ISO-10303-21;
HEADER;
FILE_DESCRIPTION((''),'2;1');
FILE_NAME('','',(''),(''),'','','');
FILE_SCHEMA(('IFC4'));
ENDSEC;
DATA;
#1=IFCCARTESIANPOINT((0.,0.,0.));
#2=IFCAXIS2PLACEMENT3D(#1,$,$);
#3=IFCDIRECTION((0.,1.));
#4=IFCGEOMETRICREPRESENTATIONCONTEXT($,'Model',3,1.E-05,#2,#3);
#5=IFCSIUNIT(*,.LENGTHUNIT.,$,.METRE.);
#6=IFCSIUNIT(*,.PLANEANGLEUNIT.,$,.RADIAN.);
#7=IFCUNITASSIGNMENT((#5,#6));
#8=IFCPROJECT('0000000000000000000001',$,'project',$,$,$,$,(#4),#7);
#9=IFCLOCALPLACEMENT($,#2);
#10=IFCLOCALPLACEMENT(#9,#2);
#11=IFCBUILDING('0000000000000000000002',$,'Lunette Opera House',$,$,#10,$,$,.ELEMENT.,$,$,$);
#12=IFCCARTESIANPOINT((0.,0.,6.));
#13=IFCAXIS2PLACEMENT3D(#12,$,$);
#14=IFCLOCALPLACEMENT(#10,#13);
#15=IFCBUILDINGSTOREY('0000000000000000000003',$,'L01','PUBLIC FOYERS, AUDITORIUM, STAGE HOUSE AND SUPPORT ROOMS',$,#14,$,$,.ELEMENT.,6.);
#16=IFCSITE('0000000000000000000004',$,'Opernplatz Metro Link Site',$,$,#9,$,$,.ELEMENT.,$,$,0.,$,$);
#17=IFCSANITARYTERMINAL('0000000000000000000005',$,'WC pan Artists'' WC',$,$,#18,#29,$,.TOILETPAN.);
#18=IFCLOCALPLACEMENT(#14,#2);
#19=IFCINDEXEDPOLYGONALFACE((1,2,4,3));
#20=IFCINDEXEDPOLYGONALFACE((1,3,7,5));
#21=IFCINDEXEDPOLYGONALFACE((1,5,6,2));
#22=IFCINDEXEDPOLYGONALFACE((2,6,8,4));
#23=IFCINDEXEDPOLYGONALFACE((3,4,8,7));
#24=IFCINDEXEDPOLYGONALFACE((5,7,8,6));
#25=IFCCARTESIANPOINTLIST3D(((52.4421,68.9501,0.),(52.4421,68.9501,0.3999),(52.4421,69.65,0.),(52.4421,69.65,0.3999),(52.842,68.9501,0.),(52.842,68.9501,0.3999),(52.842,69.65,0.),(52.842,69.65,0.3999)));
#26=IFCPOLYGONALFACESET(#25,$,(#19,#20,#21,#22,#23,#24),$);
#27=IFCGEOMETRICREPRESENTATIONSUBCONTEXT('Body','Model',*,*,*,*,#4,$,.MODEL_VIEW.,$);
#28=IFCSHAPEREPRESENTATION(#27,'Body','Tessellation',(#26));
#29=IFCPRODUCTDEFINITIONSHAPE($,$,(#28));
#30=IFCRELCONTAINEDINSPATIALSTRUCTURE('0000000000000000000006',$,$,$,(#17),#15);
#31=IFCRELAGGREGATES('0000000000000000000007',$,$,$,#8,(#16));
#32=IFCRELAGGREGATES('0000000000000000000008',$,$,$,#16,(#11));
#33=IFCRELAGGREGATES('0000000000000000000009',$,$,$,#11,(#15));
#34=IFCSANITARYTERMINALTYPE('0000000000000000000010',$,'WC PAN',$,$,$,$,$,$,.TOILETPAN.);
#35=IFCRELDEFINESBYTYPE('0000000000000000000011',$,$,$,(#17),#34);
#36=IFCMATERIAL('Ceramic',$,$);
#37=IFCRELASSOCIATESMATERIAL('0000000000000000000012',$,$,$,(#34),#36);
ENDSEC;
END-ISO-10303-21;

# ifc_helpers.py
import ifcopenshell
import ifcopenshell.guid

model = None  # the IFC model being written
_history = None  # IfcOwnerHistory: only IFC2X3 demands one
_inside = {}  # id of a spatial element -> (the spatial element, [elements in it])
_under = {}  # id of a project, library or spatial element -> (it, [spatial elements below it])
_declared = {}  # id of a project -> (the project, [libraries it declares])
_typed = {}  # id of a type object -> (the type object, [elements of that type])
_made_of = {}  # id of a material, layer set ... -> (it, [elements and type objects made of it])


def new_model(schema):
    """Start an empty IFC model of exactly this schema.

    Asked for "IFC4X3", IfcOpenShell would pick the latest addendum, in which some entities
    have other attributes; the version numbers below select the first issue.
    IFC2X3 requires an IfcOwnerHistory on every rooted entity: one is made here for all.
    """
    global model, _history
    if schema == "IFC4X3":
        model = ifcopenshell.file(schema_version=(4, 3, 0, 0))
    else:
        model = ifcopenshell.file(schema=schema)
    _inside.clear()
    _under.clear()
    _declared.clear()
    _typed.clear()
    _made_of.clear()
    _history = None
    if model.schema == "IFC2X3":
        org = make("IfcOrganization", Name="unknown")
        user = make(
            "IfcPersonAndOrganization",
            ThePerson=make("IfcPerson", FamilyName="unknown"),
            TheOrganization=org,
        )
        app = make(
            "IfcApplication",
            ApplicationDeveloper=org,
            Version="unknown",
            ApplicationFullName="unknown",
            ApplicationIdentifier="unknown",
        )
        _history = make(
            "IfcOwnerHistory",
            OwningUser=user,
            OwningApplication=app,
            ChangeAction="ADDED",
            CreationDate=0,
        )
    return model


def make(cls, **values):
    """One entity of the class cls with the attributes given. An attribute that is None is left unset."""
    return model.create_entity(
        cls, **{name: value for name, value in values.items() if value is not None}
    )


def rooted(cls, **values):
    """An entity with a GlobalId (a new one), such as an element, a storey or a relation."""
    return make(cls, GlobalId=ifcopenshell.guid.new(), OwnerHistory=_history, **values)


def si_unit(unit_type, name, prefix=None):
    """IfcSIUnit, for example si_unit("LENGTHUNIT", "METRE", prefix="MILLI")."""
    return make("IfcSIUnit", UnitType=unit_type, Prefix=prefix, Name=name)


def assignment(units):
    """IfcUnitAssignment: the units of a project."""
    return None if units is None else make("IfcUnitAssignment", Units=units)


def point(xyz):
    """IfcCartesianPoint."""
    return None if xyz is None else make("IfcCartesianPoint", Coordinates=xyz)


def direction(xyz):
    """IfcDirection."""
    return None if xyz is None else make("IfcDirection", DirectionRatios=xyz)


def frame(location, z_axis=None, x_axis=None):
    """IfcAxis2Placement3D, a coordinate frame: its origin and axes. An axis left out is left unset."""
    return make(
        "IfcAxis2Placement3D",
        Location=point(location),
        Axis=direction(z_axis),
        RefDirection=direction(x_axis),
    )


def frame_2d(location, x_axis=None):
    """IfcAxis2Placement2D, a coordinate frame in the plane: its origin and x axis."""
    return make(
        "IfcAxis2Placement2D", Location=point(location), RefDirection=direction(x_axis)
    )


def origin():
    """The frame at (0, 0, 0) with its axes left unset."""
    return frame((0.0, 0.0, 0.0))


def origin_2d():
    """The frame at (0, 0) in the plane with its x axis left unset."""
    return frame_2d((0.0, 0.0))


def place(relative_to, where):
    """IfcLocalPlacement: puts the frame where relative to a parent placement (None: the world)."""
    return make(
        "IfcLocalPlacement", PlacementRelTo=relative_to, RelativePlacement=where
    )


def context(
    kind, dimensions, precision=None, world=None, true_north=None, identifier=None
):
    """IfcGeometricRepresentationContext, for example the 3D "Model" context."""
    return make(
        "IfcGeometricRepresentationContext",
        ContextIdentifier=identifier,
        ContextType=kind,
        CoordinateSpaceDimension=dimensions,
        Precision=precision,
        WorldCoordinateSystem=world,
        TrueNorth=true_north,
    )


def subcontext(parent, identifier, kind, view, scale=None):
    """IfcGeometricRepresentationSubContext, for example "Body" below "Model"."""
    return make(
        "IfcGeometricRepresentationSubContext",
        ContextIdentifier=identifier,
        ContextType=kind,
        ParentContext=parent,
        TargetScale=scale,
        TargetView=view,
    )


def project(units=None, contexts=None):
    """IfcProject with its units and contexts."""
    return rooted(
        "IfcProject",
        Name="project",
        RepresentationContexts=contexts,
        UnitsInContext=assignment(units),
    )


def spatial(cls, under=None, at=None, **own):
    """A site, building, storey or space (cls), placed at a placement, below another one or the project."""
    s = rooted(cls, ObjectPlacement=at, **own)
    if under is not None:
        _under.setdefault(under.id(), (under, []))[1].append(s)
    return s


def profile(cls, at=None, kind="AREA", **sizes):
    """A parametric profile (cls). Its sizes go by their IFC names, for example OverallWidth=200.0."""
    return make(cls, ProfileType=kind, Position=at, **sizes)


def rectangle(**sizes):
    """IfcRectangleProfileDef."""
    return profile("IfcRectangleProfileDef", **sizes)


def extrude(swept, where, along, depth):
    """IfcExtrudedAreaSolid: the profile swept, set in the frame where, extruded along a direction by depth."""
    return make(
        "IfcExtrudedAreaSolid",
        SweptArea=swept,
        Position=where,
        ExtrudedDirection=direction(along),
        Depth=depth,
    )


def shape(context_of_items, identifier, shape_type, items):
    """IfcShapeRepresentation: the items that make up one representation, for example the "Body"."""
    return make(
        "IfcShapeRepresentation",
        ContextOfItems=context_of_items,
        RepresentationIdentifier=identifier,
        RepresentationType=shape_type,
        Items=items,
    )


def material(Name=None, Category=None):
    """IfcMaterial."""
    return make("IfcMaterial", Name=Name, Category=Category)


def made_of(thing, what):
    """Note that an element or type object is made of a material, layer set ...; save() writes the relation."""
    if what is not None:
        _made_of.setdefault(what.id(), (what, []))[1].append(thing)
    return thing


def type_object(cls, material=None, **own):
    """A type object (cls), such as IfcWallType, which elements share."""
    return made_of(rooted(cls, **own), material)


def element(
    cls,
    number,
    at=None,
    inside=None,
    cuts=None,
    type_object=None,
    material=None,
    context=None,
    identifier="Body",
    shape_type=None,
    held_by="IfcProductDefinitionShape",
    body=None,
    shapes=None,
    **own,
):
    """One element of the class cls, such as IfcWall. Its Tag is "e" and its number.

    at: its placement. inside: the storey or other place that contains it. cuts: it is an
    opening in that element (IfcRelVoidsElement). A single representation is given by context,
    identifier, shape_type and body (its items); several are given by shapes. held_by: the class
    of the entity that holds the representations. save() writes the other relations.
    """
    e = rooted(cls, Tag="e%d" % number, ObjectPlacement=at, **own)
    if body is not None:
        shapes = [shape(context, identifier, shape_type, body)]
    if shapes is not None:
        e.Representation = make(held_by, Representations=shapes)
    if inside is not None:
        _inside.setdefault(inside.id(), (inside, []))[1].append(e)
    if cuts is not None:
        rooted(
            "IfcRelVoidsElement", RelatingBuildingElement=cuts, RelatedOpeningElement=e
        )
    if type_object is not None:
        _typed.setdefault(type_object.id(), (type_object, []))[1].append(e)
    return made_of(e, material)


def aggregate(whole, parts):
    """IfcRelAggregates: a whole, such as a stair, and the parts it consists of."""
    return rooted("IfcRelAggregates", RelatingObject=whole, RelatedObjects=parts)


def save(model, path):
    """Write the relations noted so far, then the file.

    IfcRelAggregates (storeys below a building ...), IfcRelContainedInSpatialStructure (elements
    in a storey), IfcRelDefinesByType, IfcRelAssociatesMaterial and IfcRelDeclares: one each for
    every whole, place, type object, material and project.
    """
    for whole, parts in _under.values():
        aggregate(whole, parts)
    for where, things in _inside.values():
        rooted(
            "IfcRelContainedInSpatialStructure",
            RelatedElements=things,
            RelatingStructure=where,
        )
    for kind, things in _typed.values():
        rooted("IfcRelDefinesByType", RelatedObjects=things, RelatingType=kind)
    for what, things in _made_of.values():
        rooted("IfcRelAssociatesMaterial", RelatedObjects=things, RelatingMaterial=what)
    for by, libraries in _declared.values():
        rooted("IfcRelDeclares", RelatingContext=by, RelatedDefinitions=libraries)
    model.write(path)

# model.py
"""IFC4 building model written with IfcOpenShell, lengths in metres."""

from ifc_helpers import new_model, si_unit, direction, frame, origin, origin_2d, place, context, subcontext, project, spatial, rectangle, extrude, material, type_object, element, save


model = new_model("IFC4")

# Units and contexts
model_context = context("Model", 3, precision=1e-05, world=origin(), true_north=direction((0.0, 1.0)))
body_context = subcontext(model_context, "Body", "Model", "MODEL_VIEW")
ifc_project = project(units=[si_unit("LENGTHUNIT", "METRE"), si_unit("PLANEANGLEUNIT", "RADIAN")], contexts=[model_context])

# Site, building, storey
site_placement = place(None, origin())
site = spatial("IfcSite", under=ifc_project, at=site_placement, Name="Opernplatz Metro Link Site", CompositionType="ELEMENT", RefElevation=0.0)
building_placement = place(site_placement, origin())
building = spatial("IfcBuilding", under=site, at=building_placement, Name="Lunette Opera House", CompositionType="ELEMENT")
storey_placement = place(building_placement, frame((0.0, 0.0, 6.0)))
storey = spatial("IfcBuildingStorey", under=building, at=storey_placement, Name="L01", Description="PUBLIC FOYERS, AUDITORIUM, STAGE HOUSE AND SUPPORT ROOMS", CompositionType="ELEMENT", Elevation=6.0)

# Sanitary terminal
ifc_material_1 = material(Name="Ceramic")
sanitary_terminal_type_1 = type_object("IfcSanitaryTerminalType", Name="WC PAN", PredefinedType="TOILETPAN", material=ifc_material_1)
for number, where, z_axis, x_axis, name in (
    (1, (52.6421, 69.3, 0.0), (0.0, 0.0, 1.0), (1.0, 0.0, 0.0), "WC pan Artists' WC"),
):
    element("IfcSanitaryTerminal", number, at=place(storey_placement, frame(where, z_axis=z_axis, x_axis=x_axis)), inside=storey, type_object=sanitary_terminal_type_1, Name=name, PredefinedType="TOILETPAN", context=body_context, shape_type="SweptSolid", body=[
        extrude(rectangle(XDim=0.3999, YDim=0.7, at=origin_2d()), origin(), (0.0, 0.0, 1.0), 0.3999),
    ])

save(model, "model.ifc")
